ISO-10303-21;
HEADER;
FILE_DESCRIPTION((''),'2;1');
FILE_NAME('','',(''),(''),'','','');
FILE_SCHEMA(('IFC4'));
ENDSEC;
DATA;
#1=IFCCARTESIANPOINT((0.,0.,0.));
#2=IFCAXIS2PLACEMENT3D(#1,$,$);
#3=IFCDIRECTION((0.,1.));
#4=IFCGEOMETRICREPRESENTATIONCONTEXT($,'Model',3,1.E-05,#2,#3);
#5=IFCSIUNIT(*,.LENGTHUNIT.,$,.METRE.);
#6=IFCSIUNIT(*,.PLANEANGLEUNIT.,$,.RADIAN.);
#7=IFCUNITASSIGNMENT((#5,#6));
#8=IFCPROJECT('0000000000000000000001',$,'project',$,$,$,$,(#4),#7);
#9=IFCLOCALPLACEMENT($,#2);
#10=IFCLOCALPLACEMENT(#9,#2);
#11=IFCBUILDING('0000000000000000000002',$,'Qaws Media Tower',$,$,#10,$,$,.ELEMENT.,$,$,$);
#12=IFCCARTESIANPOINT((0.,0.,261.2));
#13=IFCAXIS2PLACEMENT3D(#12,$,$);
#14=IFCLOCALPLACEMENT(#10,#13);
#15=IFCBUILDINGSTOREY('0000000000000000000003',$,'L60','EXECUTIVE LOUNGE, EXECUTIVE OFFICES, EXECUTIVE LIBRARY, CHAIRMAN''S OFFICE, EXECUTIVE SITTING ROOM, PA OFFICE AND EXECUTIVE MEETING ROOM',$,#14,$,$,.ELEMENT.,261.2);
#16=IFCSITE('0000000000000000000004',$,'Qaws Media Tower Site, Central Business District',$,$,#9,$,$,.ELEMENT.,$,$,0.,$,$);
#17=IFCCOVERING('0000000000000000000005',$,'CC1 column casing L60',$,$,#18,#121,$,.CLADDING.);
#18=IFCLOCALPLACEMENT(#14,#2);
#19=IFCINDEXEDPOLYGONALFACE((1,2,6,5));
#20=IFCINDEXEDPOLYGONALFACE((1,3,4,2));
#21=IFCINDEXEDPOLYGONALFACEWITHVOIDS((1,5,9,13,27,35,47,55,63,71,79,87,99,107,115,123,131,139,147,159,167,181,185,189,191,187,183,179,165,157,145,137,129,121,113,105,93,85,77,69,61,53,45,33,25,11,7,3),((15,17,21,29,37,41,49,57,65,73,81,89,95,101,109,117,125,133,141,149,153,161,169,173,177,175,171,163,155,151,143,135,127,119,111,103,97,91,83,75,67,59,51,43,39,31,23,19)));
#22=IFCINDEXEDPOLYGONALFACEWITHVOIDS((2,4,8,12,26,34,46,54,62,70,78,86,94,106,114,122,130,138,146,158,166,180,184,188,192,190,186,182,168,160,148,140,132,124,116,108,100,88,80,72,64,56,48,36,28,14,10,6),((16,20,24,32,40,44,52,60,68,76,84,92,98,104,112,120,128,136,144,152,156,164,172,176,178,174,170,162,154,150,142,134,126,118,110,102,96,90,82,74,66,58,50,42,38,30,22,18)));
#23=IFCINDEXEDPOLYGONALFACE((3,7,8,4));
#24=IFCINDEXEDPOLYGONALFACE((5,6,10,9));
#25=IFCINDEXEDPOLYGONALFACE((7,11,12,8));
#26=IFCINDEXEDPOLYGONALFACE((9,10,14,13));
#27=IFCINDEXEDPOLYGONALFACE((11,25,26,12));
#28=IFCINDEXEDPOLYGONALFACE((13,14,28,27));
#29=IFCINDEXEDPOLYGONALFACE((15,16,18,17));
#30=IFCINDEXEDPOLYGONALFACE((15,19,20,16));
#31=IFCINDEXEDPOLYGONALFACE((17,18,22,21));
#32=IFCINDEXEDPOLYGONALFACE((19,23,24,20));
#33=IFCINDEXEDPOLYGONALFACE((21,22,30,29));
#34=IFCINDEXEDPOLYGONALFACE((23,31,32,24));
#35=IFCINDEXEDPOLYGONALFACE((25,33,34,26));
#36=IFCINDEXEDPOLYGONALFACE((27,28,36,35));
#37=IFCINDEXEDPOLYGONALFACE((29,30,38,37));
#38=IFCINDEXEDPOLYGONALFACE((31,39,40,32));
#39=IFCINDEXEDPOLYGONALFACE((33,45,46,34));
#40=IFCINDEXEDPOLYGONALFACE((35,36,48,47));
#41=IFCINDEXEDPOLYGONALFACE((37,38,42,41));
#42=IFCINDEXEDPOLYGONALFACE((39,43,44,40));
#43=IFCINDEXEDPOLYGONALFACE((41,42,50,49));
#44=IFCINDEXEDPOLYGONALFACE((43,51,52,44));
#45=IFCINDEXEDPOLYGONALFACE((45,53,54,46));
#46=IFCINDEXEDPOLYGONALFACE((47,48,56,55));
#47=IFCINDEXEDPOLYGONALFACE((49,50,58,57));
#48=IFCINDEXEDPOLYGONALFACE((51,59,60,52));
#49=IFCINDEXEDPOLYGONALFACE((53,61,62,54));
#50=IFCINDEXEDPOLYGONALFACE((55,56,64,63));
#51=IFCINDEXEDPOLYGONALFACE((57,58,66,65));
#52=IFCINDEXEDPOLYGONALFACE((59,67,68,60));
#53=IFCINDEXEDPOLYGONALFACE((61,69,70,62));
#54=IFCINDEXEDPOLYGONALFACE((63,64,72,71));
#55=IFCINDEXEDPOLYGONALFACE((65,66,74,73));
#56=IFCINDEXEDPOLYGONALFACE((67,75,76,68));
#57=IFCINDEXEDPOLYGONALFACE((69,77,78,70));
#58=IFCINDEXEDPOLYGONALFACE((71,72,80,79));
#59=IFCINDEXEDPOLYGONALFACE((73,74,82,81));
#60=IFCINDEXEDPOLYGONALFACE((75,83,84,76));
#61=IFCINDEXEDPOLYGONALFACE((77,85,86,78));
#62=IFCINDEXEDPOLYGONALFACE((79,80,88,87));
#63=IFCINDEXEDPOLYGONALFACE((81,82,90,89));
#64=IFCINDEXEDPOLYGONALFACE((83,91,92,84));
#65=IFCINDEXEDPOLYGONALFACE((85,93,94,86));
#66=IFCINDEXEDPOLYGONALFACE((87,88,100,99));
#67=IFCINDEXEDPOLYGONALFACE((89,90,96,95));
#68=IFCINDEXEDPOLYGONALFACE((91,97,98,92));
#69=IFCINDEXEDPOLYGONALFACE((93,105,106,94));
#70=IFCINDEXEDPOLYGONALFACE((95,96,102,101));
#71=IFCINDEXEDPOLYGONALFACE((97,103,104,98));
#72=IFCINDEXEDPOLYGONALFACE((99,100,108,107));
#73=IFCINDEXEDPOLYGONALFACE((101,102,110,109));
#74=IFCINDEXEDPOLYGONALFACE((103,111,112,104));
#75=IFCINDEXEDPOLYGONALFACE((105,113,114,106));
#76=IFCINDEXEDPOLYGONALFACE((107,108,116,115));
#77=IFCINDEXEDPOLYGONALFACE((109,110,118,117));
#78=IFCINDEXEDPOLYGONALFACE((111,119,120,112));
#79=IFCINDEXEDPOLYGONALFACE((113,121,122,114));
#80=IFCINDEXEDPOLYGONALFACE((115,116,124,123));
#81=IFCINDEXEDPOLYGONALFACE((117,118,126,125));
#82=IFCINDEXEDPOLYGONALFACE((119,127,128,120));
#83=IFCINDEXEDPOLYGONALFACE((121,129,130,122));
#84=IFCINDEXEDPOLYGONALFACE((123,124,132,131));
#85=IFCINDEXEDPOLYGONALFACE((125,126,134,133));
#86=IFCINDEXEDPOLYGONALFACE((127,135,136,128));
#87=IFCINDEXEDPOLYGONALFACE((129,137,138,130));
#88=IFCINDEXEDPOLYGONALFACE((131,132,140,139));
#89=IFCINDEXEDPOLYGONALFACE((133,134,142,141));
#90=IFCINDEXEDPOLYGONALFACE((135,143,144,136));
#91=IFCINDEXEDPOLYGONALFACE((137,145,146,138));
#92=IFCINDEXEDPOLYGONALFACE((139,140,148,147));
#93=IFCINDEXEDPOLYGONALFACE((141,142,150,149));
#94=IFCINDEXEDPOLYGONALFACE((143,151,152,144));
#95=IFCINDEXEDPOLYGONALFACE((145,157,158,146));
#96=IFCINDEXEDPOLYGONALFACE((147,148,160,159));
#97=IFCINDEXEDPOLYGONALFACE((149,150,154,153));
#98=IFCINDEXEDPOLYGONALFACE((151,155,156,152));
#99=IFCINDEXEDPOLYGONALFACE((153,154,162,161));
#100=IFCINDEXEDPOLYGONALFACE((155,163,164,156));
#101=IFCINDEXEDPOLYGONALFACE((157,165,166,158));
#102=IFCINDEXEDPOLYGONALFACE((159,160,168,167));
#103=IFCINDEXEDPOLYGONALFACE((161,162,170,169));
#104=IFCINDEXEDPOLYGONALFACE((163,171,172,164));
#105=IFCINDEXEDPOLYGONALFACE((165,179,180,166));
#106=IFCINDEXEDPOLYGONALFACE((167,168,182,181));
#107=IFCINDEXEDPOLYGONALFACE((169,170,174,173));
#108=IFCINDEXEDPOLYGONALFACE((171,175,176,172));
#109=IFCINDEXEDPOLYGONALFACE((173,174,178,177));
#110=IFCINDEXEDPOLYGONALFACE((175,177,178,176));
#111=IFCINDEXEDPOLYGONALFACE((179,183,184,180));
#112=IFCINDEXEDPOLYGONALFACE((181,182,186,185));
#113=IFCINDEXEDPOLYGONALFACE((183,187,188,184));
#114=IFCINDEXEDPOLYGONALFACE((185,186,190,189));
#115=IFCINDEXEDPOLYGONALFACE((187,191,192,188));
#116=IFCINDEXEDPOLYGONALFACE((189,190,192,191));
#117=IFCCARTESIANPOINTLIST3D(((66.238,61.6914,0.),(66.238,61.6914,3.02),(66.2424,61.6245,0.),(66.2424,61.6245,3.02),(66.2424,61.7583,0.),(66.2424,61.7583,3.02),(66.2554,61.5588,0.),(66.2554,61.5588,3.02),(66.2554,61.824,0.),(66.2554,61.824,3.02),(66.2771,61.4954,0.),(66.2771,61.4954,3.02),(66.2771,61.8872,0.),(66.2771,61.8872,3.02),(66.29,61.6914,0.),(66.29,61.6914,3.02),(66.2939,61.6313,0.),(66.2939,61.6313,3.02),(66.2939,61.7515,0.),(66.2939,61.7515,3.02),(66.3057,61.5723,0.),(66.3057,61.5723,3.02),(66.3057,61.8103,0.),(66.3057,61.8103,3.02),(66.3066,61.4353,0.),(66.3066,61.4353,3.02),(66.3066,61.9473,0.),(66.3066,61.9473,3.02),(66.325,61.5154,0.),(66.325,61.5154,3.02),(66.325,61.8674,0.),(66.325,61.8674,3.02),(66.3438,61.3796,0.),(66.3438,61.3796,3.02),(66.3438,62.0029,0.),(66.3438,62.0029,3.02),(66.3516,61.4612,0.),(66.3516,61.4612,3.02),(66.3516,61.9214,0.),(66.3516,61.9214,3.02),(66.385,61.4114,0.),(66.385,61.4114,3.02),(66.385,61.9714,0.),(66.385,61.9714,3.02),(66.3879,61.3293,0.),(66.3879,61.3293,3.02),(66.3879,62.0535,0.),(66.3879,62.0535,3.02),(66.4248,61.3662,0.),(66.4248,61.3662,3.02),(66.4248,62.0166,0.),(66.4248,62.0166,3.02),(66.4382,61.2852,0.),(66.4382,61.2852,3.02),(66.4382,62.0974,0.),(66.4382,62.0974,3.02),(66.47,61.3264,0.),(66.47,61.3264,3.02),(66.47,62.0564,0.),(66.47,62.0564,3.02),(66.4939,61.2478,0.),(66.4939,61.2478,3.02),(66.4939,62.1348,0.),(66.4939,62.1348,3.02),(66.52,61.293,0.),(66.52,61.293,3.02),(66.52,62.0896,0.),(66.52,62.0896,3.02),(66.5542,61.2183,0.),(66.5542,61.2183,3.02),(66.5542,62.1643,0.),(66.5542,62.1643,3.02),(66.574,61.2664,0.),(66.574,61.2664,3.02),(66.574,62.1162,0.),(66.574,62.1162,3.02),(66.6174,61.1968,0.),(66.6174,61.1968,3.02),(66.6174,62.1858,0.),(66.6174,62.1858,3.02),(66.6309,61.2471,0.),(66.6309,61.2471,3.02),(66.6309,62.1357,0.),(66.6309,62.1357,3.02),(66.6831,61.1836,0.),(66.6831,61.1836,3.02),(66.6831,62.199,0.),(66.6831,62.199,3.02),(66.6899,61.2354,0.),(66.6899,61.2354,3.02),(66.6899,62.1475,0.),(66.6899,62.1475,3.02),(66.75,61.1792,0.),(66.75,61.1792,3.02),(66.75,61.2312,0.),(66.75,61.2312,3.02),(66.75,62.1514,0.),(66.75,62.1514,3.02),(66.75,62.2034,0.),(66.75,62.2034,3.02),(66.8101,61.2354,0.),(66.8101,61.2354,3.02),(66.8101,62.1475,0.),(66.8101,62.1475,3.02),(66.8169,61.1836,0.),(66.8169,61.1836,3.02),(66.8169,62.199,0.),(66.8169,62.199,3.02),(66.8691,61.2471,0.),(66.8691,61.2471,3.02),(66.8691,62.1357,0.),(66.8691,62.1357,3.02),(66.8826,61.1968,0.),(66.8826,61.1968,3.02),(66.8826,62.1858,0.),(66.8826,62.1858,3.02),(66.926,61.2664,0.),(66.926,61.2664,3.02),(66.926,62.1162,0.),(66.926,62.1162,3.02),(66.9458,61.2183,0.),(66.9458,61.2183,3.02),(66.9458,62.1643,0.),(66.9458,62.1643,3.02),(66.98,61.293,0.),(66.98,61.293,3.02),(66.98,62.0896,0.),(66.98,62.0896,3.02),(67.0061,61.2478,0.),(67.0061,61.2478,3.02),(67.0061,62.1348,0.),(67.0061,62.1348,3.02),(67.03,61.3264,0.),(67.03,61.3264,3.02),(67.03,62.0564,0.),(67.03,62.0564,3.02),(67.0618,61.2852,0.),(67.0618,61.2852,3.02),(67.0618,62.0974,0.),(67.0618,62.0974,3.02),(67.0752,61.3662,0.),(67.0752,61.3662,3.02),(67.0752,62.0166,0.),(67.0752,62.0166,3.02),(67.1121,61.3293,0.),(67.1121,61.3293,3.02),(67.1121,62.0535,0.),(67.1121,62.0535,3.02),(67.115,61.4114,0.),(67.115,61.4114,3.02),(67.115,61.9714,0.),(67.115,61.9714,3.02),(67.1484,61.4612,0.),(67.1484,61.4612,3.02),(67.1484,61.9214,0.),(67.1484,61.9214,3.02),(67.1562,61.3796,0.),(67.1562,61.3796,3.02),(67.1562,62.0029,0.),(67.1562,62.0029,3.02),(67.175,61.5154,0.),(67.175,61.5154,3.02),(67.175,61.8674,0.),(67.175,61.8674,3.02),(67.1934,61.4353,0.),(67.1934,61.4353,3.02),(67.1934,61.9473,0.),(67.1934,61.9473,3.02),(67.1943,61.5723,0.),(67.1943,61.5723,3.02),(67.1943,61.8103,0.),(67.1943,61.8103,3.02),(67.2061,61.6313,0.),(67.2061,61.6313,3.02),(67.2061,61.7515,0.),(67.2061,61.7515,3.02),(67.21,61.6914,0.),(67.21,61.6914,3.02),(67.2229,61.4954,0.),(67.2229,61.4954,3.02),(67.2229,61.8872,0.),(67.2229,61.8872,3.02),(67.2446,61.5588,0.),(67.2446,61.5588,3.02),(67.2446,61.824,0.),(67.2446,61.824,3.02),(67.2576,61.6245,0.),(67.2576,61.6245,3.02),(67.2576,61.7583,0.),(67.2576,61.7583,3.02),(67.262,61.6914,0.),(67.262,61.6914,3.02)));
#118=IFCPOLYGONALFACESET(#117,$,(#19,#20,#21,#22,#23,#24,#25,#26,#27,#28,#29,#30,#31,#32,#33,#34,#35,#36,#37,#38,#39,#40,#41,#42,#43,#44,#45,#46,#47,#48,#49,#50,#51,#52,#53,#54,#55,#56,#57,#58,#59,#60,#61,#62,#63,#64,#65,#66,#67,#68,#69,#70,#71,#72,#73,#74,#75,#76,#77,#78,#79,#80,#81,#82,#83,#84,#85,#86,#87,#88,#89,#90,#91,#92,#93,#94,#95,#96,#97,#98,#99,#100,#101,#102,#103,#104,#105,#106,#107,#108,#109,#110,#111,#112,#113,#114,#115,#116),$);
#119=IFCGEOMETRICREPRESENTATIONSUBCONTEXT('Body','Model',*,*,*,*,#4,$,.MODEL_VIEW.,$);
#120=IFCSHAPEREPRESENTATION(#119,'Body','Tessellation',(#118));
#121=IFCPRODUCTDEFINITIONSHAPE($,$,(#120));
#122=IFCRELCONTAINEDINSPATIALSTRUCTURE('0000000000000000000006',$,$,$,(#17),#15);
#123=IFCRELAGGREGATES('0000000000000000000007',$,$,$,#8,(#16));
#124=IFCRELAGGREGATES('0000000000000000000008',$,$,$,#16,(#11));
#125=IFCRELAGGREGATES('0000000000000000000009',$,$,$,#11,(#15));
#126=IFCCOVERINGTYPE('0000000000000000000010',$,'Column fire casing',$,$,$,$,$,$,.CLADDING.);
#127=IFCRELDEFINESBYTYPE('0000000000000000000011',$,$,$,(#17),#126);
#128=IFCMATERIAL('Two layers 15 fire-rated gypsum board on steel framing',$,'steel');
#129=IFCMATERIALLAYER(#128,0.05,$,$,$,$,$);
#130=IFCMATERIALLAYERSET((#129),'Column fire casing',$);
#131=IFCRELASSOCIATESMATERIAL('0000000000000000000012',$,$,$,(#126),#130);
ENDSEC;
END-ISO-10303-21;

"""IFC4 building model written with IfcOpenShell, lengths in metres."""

from ifc_helpers import new_model, si_unit, direction, frame, origin, place, context, subcontext, project, spatial, polyline, outline, extrude, material, layer, layer_set, type_object, element, save


model = new_model("IFC4")

# Units and contexts
model_context = context("Model", 3, precision=1e-05, world=origin(), true_north=direction((0.0, 1.0)))
body_context = subcontext(model_context, "Body", "Model", "MODEL_VIEW")
ifc_project = project(units=[si_unit("LENGTHUNIT", "METRE"), si_unit("PLANEANGLEUNIT", "RADIAN")], contexts=[model_context])

# Site, building, storey
site_placement = place(None, origin())
site = spatial("IfcSite", under=ifc_project, at=site_placement, Name="Qaws Media Tower Site, Central Business District", CompositionType="ELEMENT", RefElevation=0.0)
building_placement = place(site_placement, origin())
building = spatial("IfcBuilding", under=site, at=building_placement, Name="Qaws Media Tower", CompositionType="ELEMENT")
storey_placement = place(building_placement, frame((0.0, 0.0, 261.2)))
storey = spatial("IfcBuildingStorey", under=building, at=storey_placement, Name="L60", Description="EXECUTIVE LOUNGE, EXECUTIVE OFFICES, EXECUTIVE LIBRARY, CHAIRMAN'S OFFICE, EXECUTIVE SITTING ROOM, PA OFFICE AND EXECUTIVE MEETING ROOM", CompositionType="ELEMENT", Elevation=261.2)

# Covering
ifc_material_1 = material(Name="Two layers 15 fire-rated gypsum board on steel framing", Category="steel")
ifc_layer_1 = layer(ifc_material_1, 0.05)
ifc_layer_set_1 = layer_set([ifc_layer_1], Name="Column fire casing")
covering_type = type_object("IfcCoveringType", Name="Column fire casing", PredefinedType="CLADDING", material=ifc_layer_set_1)
covering_placement = place(storey_placement, origin())
element("IfcCovering", 1, at=covering_placement, inside=storey, type_object=covering_type, Name="CC1 column casing L60", PredefinedType="CLADDING", context=body_context, shape_type="SweptSolid", body=[
    extrude(outline(polyline([(67.262, 61.6914), (67.2576, 61.6245), (67.2446, 61.5588), (67.2229, 61.4954), (67.1934, 61.4353), (67.1562, 61.3796), (67.1121, 61.3293), (67.0618, 61.2852), (67.0061, 61.2478), (66.9458, 61.2183), (66.8826, 61.1968), (66.8169, 61.1836), (66.75, 61.1792), (66.6831, 61.1836), (66.6174, 61.1968), (66.5542, 61.2183), (66.4939, 61.2478), (66.4382, 61.2852), (66.3879, 61.3293), (66.3438, 61.3796), (66.3066, 61.4353), (66.2771, 61.4954), (66.2554, 61.5588), (66.2424, 61.6245), (66.238, 61.6914), (66.2424, 61.7583), (66.2554, 61.824), (66.2771, 61.8872), (66.3066, 61.9473), (66.3438, 62.0029), (66.3879, 62.0535), (66.4382, 62.0974), (66.4939, 62.1348), (66.5542, 62.1643), (66.6174, 62.1858), (66.6831, 62.199), (66.75, 62.2034), (66.8169, 62.199), (66.8826, 62.1858), (66.9458, 62.1643), (67.0061, 62.1348), (67.0618, 62.0974), (67.1121, 62.0535), (67.1562, 62.0029), (67.1934, 61.9473), (67.2229, 61.8872), (67.2446, 61.824), (67.2576, 61.7583), (67.262, 61.6914)]), holes=[polyline([(67.21, 61.6914), (67.2061, 61.6313), (67.1943, 61.5723), (67.175, 61.5154), (67.1484, 61.4612), (67.115, 61.4114), (67.0752, 61.3662), (67.03, 61.3264), (66.98, 61.293), (66.926, 61.2664), (66.8691, 61.2471), (66.8101, 61.2354), (66.75, 61.2312), (66.6899, 61.2354), (66.6309, 61.2471), (66.574, 61.2664), (66.52, 61.293), (66.47, 61.3264), (66.4248, 61.3662), (66.385, 61.4114), (66.3516, 61.4612), (66.325, 61.5154), (66.3057, 61.5723), (66.2939, 61.6313), (66.29, 61.6914), (66.2939, 61.7515), (66.3057, 61.8103), (66.325, 61.8674), (66.3516, 61.9214), (66.385, 61.9714), (66.4248, 62.0166), (66.47, 62.0564), (66.52, 62.0896), (66.574, 62.1162), (66.6309, 62.1357), (66.6899, 62.1475), (66.75, 62.1514), (66.8101, 62.1475), (66.8691, 62.1357), (66.926, 62.1162), (66.98, 62.0896), (67.03, 62.0564), (67.0752, 62.0166), (67.115, 61.9714), (67.1484, 61.9214), (67.175, 61.8674), (67.1943, 61.8103), (67.2061, 61.7515), (67.21, 61.6914)])]), origin(), (0.0, 0.0, 1.0), 3.02),
])

save(model, "model.ifc")
